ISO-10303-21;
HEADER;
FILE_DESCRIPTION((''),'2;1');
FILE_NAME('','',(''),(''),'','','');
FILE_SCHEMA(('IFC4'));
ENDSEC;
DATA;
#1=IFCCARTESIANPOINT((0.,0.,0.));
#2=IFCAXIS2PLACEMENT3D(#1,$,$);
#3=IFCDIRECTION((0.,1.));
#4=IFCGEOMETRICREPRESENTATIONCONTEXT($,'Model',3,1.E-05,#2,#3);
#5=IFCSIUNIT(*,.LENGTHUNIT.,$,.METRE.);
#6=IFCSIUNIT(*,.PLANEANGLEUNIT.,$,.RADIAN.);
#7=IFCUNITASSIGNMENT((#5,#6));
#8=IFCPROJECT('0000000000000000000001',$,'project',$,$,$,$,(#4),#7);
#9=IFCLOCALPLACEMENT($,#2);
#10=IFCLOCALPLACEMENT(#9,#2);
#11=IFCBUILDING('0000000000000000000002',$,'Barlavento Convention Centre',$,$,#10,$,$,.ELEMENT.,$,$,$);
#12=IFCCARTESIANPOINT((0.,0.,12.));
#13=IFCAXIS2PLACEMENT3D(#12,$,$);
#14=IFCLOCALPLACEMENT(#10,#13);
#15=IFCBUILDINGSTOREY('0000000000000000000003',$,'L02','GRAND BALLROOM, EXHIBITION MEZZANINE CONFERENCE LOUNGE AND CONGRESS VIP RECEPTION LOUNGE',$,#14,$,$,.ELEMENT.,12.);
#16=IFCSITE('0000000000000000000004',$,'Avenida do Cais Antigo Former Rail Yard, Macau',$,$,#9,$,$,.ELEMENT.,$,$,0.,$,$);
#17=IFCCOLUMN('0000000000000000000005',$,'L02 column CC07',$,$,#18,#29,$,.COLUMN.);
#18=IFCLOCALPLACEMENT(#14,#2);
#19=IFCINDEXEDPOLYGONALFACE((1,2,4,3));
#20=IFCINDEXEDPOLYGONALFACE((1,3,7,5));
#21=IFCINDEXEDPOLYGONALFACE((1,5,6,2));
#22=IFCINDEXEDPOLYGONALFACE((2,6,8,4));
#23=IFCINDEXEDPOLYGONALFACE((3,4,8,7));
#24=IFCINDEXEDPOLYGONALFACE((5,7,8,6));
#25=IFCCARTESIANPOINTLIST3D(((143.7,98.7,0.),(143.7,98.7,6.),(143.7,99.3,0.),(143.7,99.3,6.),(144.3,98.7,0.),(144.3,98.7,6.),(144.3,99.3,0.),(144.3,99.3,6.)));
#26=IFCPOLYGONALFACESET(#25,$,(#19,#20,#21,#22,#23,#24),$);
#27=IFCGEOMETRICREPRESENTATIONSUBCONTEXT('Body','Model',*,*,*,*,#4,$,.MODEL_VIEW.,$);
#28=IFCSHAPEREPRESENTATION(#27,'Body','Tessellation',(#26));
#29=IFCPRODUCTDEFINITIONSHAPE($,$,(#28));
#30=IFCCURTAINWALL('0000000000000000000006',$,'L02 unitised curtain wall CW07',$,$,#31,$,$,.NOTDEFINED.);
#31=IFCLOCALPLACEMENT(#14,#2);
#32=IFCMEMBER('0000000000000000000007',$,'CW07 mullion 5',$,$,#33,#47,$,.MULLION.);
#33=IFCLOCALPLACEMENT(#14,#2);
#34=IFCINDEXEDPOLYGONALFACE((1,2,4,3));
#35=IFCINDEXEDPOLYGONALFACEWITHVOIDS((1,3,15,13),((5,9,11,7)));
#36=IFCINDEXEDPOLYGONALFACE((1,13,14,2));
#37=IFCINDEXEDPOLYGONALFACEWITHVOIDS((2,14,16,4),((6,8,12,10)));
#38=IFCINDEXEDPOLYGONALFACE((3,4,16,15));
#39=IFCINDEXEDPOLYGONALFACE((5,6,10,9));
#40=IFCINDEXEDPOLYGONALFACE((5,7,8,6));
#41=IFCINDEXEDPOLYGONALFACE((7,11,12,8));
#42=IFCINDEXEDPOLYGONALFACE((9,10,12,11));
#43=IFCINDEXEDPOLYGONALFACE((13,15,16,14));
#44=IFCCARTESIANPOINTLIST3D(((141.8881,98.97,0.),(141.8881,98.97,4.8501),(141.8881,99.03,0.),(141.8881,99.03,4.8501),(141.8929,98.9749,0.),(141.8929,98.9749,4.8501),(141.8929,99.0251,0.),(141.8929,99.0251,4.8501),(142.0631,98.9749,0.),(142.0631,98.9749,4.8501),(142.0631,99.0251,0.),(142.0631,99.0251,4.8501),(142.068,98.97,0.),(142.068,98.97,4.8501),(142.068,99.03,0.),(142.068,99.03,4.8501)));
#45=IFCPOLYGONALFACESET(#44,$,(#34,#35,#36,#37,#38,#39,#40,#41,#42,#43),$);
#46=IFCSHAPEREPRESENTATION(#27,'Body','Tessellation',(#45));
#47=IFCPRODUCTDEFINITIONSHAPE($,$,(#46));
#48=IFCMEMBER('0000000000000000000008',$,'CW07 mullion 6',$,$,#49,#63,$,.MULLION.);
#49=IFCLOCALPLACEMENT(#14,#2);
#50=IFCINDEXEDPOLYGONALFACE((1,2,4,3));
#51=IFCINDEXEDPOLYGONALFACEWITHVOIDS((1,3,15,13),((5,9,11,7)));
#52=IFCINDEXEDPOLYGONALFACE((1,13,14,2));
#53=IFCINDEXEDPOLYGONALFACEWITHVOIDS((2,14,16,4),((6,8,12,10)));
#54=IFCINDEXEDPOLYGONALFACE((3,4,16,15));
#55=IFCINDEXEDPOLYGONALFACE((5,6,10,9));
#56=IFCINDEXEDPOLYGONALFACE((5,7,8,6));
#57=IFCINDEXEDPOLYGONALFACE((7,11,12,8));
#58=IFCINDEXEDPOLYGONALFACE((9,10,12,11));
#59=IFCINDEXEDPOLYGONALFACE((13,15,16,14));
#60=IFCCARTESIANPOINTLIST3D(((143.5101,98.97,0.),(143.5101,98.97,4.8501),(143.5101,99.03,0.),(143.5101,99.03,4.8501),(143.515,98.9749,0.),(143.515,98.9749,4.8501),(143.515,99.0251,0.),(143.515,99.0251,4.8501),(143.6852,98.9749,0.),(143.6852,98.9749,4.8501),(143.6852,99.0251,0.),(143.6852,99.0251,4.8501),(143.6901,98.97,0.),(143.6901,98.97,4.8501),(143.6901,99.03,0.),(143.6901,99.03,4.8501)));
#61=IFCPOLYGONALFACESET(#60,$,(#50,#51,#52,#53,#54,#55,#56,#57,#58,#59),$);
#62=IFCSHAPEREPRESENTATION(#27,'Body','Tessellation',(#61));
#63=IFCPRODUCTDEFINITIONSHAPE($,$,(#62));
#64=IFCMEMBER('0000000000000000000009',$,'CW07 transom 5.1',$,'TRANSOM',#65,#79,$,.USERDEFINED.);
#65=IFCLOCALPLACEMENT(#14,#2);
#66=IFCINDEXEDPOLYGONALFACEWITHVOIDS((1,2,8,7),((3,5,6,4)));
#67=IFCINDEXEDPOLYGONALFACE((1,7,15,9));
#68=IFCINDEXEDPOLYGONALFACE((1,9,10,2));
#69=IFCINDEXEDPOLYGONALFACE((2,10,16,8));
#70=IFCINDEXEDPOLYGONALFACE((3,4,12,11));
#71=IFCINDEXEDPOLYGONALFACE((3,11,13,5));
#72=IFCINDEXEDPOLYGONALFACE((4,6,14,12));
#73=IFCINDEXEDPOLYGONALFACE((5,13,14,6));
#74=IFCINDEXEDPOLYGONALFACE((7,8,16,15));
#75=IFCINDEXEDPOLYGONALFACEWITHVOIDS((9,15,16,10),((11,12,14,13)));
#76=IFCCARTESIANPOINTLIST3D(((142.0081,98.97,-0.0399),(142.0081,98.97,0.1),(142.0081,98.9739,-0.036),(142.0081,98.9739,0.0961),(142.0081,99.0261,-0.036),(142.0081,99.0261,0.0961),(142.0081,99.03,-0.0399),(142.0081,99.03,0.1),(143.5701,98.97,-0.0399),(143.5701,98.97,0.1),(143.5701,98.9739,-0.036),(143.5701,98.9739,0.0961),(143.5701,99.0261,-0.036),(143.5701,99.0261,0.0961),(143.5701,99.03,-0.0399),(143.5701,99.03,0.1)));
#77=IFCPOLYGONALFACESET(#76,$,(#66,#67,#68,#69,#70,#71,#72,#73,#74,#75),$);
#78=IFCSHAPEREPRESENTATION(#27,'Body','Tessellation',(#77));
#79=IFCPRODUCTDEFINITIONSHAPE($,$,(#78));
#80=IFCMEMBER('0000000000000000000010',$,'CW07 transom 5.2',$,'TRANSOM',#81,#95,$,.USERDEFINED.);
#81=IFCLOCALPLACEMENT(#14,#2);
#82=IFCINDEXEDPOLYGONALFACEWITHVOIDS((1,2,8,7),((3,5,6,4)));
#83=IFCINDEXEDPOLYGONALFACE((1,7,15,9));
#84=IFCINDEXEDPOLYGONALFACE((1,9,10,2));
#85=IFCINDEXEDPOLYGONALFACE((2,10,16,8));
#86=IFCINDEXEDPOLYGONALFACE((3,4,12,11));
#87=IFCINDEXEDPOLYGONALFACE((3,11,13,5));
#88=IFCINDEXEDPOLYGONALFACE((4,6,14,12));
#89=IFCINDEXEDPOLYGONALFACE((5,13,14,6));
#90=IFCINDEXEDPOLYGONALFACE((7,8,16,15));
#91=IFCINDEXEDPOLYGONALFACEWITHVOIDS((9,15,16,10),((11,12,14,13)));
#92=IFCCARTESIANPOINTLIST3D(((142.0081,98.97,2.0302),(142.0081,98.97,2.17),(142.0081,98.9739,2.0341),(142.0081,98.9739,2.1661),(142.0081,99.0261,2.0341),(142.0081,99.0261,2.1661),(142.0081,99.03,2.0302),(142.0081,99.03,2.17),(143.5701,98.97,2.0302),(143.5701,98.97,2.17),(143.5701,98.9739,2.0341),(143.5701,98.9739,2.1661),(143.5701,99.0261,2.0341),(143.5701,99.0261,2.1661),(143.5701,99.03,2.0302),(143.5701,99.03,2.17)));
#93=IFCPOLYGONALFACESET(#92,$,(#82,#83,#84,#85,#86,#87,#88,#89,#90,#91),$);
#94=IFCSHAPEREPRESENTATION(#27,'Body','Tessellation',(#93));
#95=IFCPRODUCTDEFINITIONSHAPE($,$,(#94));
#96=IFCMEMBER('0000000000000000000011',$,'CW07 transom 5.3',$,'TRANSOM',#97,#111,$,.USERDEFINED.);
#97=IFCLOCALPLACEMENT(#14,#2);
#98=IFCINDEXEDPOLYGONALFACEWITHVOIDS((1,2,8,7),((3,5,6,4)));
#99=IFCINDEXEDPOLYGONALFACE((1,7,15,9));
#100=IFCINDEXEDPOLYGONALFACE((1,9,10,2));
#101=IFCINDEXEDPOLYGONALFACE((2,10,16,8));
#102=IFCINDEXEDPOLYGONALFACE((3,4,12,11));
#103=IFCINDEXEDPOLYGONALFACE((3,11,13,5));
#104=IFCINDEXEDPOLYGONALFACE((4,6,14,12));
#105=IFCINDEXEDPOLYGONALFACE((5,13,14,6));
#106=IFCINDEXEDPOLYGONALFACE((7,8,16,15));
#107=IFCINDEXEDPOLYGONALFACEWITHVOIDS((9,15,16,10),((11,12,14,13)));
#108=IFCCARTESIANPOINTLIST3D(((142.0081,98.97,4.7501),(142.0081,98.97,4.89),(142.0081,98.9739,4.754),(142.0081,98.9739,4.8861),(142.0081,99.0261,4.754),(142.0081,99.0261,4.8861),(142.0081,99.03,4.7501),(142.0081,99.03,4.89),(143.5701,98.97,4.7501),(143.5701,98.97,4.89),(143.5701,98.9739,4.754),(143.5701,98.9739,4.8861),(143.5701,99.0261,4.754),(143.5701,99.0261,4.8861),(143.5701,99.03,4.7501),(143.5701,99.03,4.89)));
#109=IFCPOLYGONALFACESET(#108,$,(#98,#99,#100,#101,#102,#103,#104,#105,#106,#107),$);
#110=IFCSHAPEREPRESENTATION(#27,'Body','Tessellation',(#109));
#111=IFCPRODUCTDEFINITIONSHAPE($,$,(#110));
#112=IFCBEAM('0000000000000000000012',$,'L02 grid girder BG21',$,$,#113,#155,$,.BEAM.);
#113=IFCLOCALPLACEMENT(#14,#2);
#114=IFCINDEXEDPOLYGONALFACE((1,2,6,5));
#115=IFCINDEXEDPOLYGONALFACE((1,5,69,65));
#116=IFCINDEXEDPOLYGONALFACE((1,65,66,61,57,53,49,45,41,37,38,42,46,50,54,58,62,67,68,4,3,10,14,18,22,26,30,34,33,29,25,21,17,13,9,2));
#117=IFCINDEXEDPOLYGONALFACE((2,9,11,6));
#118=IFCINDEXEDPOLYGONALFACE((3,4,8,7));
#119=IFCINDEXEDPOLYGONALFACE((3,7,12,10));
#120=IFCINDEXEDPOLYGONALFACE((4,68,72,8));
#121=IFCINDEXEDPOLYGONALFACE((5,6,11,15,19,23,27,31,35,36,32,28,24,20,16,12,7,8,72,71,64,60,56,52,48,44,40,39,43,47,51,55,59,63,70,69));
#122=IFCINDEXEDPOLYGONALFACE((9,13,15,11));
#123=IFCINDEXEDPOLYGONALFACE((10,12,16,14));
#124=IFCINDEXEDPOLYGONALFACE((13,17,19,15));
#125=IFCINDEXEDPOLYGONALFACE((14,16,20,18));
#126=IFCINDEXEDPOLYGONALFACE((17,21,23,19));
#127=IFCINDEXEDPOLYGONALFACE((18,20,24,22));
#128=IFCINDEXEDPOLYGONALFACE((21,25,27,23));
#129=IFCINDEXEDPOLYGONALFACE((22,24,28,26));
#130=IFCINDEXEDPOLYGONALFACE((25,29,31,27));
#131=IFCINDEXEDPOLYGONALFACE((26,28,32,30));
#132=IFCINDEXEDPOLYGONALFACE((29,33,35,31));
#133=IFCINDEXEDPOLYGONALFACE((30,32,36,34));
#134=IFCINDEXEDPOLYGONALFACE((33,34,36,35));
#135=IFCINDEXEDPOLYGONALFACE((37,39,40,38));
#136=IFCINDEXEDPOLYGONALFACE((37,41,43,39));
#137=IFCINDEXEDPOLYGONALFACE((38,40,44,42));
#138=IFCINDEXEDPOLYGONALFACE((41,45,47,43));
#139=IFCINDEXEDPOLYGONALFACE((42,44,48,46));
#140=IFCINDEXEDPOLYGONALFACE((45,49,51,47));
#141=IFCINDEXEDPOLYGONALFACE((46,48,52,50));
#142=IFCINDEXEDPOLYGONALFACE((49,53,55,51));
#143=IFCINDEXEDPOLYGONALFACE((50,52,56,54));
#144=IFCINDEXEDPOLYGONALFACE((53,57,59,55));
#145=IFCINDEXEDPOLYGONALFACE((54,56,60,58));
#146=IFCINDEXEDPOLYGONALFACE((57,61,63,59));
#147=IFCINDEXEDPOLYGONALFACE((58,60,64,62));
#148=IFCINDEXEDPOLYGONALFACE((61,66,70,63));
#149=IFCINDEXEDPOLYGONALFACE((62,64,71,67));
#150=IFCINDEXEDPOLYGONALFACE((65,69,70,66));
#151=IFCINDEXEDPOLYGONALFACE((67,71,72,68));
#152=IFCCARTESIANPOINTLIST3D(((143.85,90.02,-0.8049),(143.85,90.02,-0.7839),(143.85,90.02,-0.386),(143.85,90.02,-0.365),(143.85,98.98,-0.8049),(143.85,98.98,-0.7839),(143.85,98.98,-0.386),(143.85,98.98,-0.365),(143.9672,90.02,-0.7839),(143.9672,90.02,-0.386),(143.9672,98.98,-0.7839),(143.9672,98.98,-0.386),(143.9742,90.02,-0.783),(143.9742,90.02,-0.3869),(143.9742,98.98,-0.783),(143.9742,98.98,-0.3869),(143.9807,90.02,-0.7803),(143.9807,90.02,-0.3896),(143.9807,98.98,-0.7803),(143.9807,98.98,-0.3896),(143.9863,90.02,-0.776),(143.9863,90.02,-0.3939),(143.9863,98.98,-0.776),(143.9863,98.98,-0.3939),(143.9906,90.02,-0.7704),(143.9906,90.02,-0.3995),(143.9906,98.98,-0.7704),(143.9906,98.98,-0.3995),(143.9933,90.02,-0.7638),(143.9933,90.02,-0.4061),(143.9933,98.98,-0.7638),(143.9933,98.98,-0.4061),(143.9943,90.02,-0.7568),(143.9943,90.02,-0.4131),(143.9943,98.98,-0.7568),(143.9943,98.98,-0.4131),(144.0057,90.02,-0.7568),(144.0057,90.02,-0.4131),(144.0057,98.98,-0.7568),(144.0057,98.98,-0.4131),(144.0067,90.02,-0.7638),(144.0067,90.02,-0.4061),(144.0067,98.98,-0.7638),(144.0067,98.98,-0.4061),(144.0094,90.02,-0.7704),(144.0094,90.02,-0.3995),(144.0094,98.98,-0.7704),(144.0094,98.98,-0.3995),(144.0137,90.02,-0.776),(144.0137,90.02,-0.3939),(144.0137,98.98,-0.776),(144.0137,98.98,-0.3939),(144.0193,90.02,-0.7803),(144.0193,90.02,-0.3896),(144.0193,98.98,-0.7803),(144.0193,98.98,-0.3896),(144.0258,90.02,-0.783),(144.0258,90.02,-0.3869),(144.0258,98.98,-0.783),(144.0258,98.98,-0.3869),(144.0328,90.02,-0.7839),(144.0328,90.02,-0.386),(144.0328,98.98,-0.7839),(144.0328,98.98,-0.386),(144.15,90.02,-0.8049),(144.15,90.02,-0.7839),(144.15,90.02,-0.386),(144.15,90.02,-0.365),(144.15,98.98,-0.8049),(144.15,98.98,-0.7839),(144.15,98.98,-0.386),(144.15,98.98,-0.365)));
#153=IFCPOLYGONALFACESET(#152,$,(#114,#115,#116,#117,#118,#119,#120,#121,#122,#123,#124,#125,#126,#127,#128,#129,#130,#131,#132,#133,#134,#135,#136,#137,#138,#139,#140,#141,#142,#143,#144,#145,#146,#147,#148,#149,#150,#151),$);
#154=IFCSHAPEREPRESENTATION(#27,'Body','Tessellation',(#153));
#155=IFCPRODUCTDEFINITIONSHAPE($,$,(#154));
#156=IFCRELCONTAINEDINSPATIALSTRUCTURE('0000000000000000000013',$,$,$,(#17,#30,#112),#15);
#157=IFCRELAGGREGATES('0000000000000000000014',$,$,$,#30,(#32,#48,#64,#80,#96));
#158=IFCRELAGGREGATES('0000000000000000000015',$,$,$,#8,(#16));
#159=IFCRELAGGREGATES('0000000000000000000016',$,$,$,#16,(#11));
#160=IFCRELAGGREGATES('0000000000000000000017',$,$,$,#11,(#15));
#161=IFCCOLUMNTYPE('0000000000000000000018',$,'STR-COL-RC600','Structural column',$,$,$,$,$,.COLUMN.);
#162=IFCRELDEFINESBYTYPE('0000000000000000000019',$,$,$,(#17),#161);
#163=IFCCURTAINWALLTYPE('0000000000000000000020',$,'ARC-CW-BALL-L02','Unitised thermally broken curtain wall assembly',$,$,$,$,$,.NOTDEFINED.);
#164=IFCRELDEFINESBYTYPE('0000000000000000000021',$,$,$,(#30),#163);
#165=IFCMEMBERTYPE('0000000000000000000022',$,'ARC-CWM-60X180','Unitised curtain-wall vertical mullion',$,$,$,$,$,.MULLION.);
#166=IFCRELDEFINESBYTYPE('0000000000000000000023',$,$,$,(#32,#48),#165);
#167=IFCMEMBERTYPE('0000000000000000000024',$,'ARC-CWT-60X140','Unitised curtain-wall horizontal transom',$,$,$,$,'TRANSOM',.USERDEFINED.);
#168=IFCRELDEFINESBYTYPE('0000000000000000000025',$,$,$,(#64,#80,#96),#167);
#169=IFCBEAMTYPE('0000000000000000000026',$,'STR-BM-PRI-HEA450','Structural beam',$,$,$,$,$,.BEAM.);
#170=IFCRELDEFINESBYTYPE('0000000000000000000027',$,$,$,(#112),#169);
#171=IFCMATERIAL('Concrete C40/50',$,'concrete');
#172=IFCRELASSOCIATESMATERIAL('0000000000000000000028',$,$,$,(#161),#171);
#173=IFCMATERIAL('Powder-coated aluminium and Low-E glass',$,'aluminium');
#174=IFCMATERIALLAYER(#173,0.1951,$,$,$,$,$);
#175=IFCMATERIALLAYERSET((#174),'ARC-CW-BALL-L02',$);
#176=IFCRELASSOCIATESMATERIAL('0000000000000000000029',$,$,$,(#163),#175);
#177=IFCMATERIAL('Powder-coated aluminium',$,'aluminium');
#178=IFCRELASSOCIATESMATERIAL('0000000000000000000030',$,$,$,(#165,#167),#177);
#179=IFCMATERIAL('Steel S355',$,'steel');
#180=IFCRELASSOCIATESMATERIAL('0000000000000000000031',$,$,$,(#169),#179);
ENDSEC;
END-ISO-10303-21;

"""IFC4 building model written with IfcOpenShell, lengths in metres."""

from ifc_helpers import new_model, si_unit, direction, frame, origin, origin_2d, place, context, subcontext, project, spatial, rectangle, hollow_rectangle, i_section, extrude, material, layer, layer_set, material_profile, profile_set, type_object, element, aggregate, save


model = new_model("IFC4")

# Units and contexts
model_context = context("Model", 3, precision=1e-05, world=origin(), true_north=direction((0.0, 1.0)))
body_context = subcontext(model_context, "Body", "Model", "MODEL_VIEW")
ifc_project = project(units=[si_unit("LENGTHUNIT", "METRE"), si_unit("PLANEANGLEUNIT", "RADIAN")], contexts=[model_context])

# Site, building, storey
site_placement = place(None, origin())
site = spatial("IfcSite", under=ifc_project, at=site_placement, Name="Avenida do Cais Antigo Former Rail Yard, Macau", CompositionType="ELEMENT", RefElevation=0.0)
building_placement = place(site_placement, origin())
building = spatial("IfcBuilding", under=site, at=building_placement, Name="Barlavento Convention Centre", CompositionType="ELEMENT")
storey_placement = place(building_placement, frame((0.0, 0.0, 12.0)))
storey = spatial("IfcBuildingStorey", under=building, at=storey_placement, Name="L02", Description="GRAND BALLROOM, EXHIBITION MEZZANINE CONFERENCE LOUNGE AND CONGRESS VIP RECEPTION LOUNGE", CompositionType="ELEMENT", Elevation=12.0)

# Column
ifc_material_1 = material(Name="Concrete C40/50", Category="concrete")
ifc_material_profile_1 = material_profile(ifc_material_1, rectangle(XDim=0.6001, YDim=0.6001, at=origin_2d()), Name="RC 600x600")
ifc_profile_set_1 = profile_set([ifc_material_profile_1], Name="Concrete C40/50")
column_type = type_object("IfcColumnType", Name="STR-COL-RC600", Description="Structural column", PredefinedType="COLUMN", material=ifc_profile_set_1)
column_placement = place(storey_placement, frame((144.0, 99.0, 0.0), z_axis=(0.0, 0.0, 1.0), x_axis=(1.0, 0.0, 0.0)))
element("IfcColumn", 1, at=column_placement, inside=storey, type_object=column_type, Name="L02 column CC07", PredefinedType="COLUMN", context=body_context, shape_type="SweptSolid", body=[
    extrude(rectangle(XDim=0.6001, YDim=0.6001, at=origin_2d()), origin(), (0.0, 0.0, 1.0), 6.0),
])

# Curtain wall, members
ifc_material_2 = material(Name="Powder-coated aluminium and Low-E glass", Category="aluminium")
ifc_layer_1 = layer(ifc_material_2, 0.1951)
ifc_layer_set_1 = layer_set([ifc_layer_1], Name="ARC-CW-BALL-L02")
curtain_wall_type = type_object("IfcCurtainWallType", Name="ARC-CW-BALL-L02", Description="Unitised thermally broken curtain wall assembly", PredefinedType="NOTDEFINED", material=ifc_layer_set_1)
curtain_wall_placement = place(storey_placement, origin())
curtain_wall = element("IfcCurtainWall", 2, at=curtain_wall_placement, inside=storey, type_object=curtain_wall_type, Name="L02 unitised curtain wall CW07", PredefinedType="NOTDEFINED")
ifc_material_3 = material(Name="Powder-coated aluminium", Category="aluminium")
ifc_material_profile_2 = material_profile(ifc_material_3, hollow_rectangle(XDim=0.0601, YDim=0.1799, WallThickness=0.0049, at=origin_2d()), Name="AL-MULL 60x180x5")
ifc_profile_set_2 = profile_set([ifc_material_profile_2], Name="Powder-coated aluminium")
member_type_1 = type_object("IfcMemberType", Name="ARC-CWM-60X180", Description="Unitised curtain-wall vertical mullion", PredefinedType="MULLION", material=ifc_profile_set_2)
member_1_placement = place(storey_placement, frame((141.978, 99.0, 0.0), z_axis=(0.0, 0.0, 1.0), x_axis=(0.0, 1.0, 0.0)))
member_1 = element("IfcMember", 3, at=member_1_placement, type_object=member_type_1, Name="CW07 mullion 5", PredefinedType="MULLION", context=body_context, shape_type="SweptSolid", body=[
    extrude(hollow_rectangle(XDim=0.0601, YDim=0.1799, WallThickness=0.0049, at=origin_2d()), origin(), (0.0, 0.0, 1.0), 4.8501),
])
member_2_placement = place(storey_placement, frame((143.6001, 99.0, 0.0), z_axis=(0.0, 0.0, 1.0), x_axis=(0.0, 1.0, 0.0)))
member_2 = element("IfcMember", 4, at=member_2_placement, type_object=member_type_1, Name="CW07 mullion 6", PredefinedType="MULLION", context=body_context, shape_type="SweptSolid", body=[
    extrude(hollow_rectangle(XDim=0.0601, YDim=0.1799, WallThickness=0.0049, at=origin_2d()), origin(), (0.0, 0.0, 1.0), 4.8501),
])
ifc_material_profile_3 = material_profile(ifc_material_3, hollow_rectangle(XDim=0.0601, YDim=0.1399, WallThickness=0.0039, at=origin_2d()), Name="AL-TRAN 60x140x4")
ifc_profile_set_3 = profile_set([ifc_material_profile_3], Name="Powder-coated aluminium")
member_type_2 = type_object("IfcMemberType", Name="ARC-CWT-60X140", Description="Unitised curtain-wall horizontal transom", ElementType="TRANSOM", PredefinedType="USERDEFINED", material=ifc_profile_set_3)
member_3_placement = place(storey_placement, frame((142.0081, 99.0, 0.03), z_axis=(1.0, 0.0, 0.0), x_axis=(0.0, 1.0, 0.0)))
member_3 = element("IfcMember", 5, at=member_3_placement, type_object=member_type_2, Name="CW07 transom 5.1", ObjectType="TRANSOM", PredefinedType="USERDEFINED", context=body_context, shape_type="SweptSolid", body=[
    extrude(hollow_rectangle(XDim=0.0601, YDim=0.1399, WallThickness=0.0039, at=origin_2d()), origin(), (0.0, 0.0, 1.0), 1.562),
])
member_4_placement = place(storey_placement, frame((142.0081, 99.0, 2.1001), z_axis=(1.0, 0.0, 0.0), x_axis=(0.0, 1.0, 0.0)))
member_4 = element("IfcMember", 6, at=member_4_placement, type_object=member_type_2, Name="CW07 transom 5.2", ObjectType="TRANSOM", PredefinedType="USERDEFINED", context=body_context, shape_type="SweptSolid", body=[
    extrude(hollow_rectangle(XDim=0.0601, YDim=0.1399, WallThickness=0.0039, at=origin_2d()), origin(), (0.0, 0.0, 1.0), 1.562),
])
member_5_placement = place(storey_placement, frame((142.0081, 99.0, 4.8201), z_axis=(1.0, 0.0, 0.0), x_axis=(0.0, 1.0, 0.0)))
member_5 = element("IfcMember", 7, at=member_5_placement, type_object=member_type_2, Name="CW07 transom 5.3", ObjectType="TRANSOM", PredefinedType="USERDEFINED", context=body_context, shape_type="SweptSolid", body=[
    extrude(hollow_rectangle(XDim=0.0601, YDim=0.1399, WallThickness=0.0039, at=origin_2d()), origin(), (0.0, 0.0, 1.0), 1.562),
])

# Beam
ifc_material_4 = material(Name="Steel S355", Category="steel")
ifc_material_profile_4 = material_profile(ifc_material_4, i_section(OverallWidth=0.3, OverallDepth=0.4399, WebThickness=0.0115, FlangeThickness=0.021, FilletRadius=0.0271, at=origin_2d()), Name="HEA 450")
ifc_profile_set_4 = profile_set([ifc_material_profile_4], Name="Steel S355")
beam_type_1 = type_object("IfcBeamType", Name="STR-BM-PRI-HEA450", Description="Structural beam", PredefinedType="BEAM", material=ifc_profile_set_4)
beam_1_placement = place(storey_placement, frame((144.0, 90.02, -0.585), z_axis=(0.0, 1.0, 0.0), x_axis=(-1.0, 0.0, 0.0)))
element("IfcBeam", 8, at=beam_1_placement, inside=storey, type_object=beam_type_1, Name="L02 grid girder BG21", PredefinedType="BEAM", context=body_context, shape_type="SweptSolid", body=[
    extrude(i_section(OverallWidth=0.3, OverallDepth=0.4399, WebThickness=0.0115, FlangeThickness=0.021, FilletRadius=0.0271, at=origin_2d()), origin(), (0.0, 0.0, 1.0), 8.96),
])

aggregate(curtain_wall, [member_1, member_2, member_3, member_4, member_5])

save(model, "model.ifc")
